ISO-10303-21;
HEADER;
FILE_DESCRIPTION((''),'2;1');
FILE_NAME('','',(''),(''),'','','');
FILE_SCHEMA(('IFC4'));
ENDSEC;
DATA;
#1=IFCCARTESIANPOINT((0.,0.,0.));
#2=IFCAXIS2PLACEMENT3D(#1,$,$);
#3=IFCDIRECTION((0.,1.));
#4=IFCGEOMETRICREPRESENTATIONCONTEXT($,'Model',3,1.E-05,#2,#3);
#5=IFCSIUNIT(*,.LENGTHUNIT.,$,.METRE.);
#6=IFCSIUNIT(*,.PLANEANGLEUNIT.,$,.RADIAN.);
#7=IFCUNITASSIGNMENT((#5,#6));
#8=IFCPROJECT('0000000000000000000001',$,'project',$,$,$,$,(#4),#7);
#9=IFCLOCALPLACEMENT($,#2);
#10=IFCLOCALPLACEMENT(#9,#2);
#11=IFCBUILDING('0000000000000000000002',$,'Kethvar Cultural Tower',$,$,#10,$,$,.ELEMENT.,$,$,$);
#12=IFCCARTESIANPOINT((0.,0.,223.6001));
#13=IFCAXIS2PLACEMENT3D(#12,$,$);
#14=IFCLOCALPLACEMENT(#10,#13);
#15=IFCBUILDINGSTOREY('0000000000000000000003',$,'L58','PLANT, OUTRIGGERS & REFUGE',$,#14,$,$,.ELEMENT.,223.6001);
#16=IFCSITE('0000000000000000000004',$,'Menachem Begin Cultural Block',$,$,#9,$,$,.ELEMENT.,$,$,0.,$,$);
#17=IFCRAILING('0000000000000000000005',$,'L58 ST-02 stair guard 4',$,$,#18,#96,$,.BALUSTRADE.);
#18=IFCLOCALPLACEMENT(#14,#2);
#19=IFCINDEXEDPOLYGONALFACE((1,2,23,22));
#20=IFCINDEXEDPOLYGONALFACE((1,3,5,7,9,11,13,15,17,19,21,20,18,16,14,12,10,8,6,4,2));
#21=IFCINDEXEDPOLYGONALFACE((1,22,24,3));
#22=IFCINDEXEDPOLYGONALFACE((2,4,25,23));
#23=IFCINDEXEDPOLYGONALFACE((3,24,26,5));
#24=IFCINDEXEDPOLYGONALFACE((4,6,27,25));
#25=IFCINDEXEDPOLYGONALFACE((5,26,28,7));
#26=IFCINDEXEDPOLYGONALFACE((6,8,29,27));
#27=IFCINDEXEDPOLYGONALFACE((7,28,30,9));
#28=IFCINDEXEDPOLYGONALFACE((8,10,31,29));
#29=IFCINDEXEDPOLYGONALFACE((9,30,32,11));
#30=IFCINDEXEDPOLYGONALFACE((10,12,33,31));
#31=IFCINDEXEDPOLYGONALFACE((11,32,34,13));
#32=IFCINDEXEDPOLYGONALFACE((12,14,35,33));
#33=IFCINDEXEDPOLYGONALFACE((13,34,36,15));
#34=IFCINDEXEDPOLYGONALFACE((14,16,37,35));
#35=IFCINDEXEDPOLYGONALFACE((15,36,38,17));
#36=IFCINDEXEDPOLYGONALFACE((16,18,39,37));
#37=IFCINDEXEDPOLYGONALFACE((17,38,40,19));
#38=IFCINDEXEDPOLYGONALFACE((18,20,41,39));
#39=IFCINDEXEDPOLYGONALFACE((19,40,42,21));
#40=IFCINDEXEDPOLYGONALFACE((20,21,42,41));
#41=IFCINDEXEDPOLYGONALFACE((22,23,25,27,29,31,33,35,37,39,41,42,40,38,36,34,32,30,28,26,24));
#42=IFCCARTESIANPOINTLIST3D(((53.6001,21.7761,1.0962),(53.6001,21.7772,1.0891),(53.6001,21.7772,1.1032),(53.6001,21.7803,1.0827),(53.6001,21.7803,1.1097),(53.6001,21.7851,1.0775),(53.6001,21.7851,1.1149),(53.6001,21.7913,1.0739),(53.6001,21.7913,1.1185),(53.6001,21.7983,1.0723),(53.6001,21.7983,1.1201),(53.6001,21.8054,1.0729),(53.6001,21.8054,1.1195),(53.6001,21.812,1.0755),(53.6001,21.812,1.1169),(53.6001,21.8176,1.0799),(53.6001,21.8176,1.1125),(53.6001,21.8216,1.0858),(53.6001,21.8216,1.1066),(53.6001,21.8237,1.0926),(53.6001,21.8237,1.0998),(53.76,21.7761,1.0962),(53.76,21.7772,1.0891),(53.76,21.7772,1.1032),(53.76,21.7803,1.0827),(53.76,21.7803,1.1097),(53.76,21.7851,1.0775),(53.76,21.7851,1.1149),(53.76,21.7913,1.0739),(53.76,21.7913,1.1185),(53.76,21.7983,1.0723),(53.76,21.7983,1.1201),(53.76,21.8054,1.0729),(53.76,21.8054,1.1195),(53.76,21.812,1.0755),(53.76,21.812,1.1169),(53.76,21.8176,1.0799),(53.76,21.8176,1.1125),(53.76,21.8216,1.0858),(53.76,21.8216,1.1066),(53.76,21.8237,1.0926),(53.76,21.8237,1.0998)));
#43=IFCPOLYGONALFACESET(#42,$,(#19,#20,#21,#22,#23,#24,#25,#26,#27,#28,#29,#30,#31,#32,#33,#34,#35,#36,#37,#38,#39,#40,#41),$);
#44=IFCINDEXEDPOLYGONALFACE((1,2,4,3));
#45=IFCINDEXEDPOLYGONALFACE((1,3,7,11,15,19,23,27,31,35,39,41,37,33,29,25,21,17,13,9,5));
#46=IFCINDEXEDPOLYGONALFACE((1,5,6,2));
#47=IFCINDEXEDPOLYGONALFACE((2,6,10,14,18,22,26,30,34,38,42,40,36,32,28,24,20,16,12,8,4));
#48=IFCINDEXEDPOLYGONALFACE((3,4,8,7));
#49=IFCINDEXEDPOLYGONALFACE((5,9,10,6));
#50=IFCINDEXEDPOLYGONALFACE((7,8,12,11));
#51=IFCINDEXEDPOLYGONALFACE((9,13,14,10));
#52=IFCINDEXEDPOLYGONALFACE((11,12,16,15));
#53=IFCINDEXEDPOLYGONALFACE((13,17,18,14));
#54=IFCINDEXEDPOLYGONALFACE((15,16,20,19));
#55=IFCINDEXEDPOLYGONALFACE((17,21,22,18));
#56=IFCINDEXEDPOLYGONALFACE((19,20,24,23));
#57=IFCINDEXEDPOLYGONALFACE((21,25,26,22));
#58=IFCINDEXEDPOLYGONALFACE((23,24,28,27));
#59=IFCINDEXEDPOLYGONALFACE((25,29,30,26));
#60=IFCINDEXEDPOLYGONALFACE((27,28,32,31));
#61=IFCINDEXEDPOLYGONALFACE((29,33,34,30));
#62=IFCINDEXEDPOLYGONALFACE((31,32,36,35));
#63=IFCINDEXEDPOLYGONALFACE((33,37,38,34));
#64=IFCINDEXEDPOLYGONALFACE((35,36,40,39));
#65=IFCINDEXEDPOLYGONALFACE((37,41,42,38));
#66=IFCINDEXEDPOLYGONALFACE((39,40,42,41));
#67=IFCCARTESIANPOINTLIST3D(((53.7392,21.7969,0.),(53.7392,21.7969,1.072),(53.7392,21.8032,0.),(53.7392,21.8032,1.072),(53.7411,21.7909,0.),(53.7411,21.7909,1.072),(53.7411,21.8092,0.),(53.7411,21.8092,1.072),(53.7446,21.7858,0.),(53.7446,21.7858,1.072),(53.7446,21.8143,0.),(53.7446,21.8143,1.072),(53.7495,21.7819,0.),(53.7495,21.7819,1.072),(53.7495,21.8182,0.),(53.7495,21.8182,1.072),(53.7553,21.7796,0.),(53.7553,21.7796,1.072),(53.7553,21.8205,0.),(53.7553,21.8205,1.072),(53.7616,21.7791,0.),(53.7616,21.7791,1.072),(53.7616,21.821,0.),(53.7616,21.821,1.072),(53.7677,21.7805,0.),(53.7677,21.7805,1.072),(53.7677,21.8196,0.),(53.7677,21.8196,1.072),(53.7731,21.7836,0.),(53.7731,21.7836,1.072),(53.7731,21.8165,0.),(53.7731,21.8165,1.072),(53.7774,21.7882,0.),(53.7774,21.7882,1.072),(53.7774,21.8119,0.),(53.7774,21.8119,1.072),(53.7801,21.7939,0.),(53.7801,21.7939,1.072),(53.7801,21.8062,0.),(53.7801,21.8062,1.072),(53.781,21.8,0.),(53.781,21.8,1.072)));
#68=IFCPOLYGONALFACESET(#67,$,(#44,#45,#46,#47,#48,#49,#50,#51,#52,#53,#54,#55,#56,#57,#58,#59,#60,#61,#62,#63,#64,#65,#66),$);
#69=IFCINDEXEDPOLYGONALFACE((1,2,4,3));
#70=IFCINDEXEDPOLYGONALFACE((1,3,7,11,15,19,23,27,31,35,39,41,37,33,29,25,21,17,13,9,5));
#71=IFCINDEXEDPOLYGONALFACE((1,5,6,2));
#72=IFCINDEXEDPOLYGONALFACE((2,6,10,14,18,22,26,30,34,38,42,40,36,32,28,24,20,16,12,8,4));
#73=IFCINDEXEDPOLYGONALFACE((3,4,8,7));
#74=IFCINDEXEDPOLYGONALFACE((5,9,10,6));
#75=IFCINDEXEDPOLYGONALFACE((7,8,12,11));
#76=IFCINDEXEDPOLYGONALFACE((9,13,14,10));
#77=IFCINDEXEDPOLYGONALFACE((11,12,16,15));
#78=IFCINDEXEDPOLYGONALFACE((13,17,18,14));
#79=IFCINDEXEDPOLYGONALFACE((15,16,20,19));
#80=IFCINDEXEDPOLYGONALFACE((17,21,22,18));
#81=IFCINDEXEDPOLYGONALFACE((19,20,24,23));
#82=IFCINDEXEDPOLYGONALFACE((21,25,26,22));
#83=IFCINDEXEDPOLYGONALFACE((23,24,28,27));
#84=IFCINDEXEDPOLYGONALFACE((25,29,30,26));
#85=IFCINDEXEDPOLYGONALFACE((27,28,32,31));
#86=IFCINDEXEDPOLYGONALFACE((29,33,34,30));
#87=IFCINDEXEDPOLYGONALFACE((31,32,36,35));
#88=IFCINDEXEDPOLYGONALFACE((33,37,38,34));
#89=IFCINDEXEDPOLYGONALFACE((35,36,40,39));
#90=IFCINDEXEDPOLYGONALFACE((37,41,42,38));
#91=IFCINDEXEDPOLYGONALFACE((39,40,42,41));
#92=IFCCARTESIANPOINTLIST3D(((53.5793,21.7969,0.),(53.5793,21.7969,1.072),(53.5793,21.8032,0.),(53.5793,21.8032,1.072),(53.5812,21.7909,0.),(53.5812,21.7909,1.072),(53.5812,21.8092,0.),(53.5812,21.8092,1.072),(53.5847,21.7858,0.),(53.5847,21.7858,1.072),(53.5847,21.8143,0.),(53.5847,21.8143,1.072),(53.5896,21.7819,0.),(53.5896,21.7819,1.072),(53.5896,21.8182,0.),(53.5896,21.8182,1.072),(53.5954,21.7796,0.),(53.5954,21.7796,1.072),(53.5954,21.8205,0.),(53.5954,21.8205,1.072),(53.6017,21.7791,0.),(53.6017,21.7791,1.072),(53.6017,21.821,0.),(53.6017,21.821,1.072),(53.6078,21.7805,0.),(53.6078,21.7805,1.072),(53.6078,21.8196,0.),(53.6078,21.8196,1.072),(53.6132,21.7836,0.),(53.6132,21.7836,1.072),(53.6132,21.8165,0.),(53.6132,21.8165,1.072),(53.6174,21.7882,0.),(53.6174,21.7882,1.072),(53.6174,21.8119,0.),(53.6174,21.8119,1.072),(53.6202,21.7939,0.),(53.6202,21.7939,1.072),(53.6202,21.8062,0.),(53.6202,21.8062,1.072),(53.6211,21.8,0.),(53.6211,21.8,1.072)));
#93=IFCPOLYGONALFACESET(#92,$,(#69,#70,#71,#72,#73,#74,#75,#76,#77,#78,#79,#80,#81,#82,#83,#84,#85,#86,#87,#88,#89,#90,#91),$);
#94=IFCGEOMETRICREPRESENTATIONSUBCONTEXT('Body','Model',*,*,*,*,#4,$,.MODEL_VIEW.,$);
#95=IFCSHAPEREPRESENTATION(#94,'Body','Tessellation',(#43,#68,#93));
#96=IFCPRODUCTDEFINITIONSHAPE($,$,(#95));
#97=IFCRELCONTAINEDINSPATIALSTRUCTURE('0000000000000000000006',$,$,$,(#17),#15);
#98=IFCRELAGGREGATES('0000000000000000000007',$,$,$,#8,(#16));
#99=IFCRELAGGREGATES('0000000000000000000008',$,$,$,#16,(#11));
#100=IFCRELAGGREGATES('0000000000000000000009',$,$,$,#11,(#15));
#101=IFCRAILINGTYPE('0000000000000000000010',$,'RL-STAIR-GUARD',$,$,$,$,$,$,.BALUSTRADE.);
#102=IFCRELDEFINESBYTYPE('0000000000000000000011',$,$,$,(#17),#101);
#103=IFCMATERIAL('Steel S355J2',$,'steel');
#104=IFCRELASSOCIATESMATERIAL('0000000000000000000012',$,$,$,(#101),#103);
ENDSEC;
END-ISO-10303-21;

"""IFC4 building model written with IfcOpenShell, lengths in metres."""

from ifc_helpers import new_model, si_unit, direction, frame, origin, origin_2d, place, context, subcontext, project, spatial, circle, extrude, material, type_object, element, save


model = new_model("IFC4")

# Units and contexts
model_context = context("Model", 3, precision=1e-05, world=origin(), true_north=direction((0.0, 1.0)))
body_context = subcontext(model_context, "Body", "Model", "MODEL_VIEW")
ifc_project = project(units=[si_unit("LENGTHUNIT", "METRE"), si_unit("PLANEANGLEUNIT", "RADIAN")], contexts=[model_context])

# Site, building, storey
site_placement = place(None, origin())
site = spatial("IfcSite", under=ifc_project, at=site_placement, Name="Menachem Begin Cultural Block", CompositionType="ELEMENT", RefElevation=0.0)
building_placement = place(site_placement, origin())
building = spatial("IfcBuilding", under=site, at=building_placement, Name="Kethvar Cultural Tower", CompositionType="ELEMENT")
storey_placement = place(building_placement, frame((0.0, 0.0, 223.6001)))
storey = spatial("IfcBuildingStorey", under=building, at=storey_placement, Name="L58", Description="PLANT, OUTRIGGERS & REFUGE", CompositionType="ELEMENT", Elevation=223.6001)

# Railing
ifc_material_1 = material(Name="Steel S355J2", Category="steel")
railing_type_1 = type_object("IfcRailingType", Name="RL-STAIR-GUARD", PredefinedType="BALUSTRADE", material=ifc_material_1)
railing_1_placement = place(storey_placement, frame((53.76, 21.8, 0.0)))
element("IfcRailing", 1, at=railing_1_placement, inside=storey, type_object=railing_type_1, Name="L58 ST-02 stair guard 4", PredefinedType="BALUSTRADE", context=body_context, shape_type="SweptSolid", body=[
    extrude(circle(Radius=0.0239, at=origin_2d()), frame((0.0, 0.0, 1.0962), z_axis=(-1.0, 0.0, 0.0), x_axis=(0.0, -1.0, 0.0)), (0.0, 0.0, 1.0), 0.1599),
    extrude(circle(Radius=0.021, at=origin_2d()), origin(), (0.0, 0.0, 1.0), 1.072),
    extrude(circle(Radius=0.021, at=origin_2d()), frame((-0.1599, 0.0, 0.0)), (0.0, 0.0, 1.0), 1.072),
])

save(model, "model.ifc")
